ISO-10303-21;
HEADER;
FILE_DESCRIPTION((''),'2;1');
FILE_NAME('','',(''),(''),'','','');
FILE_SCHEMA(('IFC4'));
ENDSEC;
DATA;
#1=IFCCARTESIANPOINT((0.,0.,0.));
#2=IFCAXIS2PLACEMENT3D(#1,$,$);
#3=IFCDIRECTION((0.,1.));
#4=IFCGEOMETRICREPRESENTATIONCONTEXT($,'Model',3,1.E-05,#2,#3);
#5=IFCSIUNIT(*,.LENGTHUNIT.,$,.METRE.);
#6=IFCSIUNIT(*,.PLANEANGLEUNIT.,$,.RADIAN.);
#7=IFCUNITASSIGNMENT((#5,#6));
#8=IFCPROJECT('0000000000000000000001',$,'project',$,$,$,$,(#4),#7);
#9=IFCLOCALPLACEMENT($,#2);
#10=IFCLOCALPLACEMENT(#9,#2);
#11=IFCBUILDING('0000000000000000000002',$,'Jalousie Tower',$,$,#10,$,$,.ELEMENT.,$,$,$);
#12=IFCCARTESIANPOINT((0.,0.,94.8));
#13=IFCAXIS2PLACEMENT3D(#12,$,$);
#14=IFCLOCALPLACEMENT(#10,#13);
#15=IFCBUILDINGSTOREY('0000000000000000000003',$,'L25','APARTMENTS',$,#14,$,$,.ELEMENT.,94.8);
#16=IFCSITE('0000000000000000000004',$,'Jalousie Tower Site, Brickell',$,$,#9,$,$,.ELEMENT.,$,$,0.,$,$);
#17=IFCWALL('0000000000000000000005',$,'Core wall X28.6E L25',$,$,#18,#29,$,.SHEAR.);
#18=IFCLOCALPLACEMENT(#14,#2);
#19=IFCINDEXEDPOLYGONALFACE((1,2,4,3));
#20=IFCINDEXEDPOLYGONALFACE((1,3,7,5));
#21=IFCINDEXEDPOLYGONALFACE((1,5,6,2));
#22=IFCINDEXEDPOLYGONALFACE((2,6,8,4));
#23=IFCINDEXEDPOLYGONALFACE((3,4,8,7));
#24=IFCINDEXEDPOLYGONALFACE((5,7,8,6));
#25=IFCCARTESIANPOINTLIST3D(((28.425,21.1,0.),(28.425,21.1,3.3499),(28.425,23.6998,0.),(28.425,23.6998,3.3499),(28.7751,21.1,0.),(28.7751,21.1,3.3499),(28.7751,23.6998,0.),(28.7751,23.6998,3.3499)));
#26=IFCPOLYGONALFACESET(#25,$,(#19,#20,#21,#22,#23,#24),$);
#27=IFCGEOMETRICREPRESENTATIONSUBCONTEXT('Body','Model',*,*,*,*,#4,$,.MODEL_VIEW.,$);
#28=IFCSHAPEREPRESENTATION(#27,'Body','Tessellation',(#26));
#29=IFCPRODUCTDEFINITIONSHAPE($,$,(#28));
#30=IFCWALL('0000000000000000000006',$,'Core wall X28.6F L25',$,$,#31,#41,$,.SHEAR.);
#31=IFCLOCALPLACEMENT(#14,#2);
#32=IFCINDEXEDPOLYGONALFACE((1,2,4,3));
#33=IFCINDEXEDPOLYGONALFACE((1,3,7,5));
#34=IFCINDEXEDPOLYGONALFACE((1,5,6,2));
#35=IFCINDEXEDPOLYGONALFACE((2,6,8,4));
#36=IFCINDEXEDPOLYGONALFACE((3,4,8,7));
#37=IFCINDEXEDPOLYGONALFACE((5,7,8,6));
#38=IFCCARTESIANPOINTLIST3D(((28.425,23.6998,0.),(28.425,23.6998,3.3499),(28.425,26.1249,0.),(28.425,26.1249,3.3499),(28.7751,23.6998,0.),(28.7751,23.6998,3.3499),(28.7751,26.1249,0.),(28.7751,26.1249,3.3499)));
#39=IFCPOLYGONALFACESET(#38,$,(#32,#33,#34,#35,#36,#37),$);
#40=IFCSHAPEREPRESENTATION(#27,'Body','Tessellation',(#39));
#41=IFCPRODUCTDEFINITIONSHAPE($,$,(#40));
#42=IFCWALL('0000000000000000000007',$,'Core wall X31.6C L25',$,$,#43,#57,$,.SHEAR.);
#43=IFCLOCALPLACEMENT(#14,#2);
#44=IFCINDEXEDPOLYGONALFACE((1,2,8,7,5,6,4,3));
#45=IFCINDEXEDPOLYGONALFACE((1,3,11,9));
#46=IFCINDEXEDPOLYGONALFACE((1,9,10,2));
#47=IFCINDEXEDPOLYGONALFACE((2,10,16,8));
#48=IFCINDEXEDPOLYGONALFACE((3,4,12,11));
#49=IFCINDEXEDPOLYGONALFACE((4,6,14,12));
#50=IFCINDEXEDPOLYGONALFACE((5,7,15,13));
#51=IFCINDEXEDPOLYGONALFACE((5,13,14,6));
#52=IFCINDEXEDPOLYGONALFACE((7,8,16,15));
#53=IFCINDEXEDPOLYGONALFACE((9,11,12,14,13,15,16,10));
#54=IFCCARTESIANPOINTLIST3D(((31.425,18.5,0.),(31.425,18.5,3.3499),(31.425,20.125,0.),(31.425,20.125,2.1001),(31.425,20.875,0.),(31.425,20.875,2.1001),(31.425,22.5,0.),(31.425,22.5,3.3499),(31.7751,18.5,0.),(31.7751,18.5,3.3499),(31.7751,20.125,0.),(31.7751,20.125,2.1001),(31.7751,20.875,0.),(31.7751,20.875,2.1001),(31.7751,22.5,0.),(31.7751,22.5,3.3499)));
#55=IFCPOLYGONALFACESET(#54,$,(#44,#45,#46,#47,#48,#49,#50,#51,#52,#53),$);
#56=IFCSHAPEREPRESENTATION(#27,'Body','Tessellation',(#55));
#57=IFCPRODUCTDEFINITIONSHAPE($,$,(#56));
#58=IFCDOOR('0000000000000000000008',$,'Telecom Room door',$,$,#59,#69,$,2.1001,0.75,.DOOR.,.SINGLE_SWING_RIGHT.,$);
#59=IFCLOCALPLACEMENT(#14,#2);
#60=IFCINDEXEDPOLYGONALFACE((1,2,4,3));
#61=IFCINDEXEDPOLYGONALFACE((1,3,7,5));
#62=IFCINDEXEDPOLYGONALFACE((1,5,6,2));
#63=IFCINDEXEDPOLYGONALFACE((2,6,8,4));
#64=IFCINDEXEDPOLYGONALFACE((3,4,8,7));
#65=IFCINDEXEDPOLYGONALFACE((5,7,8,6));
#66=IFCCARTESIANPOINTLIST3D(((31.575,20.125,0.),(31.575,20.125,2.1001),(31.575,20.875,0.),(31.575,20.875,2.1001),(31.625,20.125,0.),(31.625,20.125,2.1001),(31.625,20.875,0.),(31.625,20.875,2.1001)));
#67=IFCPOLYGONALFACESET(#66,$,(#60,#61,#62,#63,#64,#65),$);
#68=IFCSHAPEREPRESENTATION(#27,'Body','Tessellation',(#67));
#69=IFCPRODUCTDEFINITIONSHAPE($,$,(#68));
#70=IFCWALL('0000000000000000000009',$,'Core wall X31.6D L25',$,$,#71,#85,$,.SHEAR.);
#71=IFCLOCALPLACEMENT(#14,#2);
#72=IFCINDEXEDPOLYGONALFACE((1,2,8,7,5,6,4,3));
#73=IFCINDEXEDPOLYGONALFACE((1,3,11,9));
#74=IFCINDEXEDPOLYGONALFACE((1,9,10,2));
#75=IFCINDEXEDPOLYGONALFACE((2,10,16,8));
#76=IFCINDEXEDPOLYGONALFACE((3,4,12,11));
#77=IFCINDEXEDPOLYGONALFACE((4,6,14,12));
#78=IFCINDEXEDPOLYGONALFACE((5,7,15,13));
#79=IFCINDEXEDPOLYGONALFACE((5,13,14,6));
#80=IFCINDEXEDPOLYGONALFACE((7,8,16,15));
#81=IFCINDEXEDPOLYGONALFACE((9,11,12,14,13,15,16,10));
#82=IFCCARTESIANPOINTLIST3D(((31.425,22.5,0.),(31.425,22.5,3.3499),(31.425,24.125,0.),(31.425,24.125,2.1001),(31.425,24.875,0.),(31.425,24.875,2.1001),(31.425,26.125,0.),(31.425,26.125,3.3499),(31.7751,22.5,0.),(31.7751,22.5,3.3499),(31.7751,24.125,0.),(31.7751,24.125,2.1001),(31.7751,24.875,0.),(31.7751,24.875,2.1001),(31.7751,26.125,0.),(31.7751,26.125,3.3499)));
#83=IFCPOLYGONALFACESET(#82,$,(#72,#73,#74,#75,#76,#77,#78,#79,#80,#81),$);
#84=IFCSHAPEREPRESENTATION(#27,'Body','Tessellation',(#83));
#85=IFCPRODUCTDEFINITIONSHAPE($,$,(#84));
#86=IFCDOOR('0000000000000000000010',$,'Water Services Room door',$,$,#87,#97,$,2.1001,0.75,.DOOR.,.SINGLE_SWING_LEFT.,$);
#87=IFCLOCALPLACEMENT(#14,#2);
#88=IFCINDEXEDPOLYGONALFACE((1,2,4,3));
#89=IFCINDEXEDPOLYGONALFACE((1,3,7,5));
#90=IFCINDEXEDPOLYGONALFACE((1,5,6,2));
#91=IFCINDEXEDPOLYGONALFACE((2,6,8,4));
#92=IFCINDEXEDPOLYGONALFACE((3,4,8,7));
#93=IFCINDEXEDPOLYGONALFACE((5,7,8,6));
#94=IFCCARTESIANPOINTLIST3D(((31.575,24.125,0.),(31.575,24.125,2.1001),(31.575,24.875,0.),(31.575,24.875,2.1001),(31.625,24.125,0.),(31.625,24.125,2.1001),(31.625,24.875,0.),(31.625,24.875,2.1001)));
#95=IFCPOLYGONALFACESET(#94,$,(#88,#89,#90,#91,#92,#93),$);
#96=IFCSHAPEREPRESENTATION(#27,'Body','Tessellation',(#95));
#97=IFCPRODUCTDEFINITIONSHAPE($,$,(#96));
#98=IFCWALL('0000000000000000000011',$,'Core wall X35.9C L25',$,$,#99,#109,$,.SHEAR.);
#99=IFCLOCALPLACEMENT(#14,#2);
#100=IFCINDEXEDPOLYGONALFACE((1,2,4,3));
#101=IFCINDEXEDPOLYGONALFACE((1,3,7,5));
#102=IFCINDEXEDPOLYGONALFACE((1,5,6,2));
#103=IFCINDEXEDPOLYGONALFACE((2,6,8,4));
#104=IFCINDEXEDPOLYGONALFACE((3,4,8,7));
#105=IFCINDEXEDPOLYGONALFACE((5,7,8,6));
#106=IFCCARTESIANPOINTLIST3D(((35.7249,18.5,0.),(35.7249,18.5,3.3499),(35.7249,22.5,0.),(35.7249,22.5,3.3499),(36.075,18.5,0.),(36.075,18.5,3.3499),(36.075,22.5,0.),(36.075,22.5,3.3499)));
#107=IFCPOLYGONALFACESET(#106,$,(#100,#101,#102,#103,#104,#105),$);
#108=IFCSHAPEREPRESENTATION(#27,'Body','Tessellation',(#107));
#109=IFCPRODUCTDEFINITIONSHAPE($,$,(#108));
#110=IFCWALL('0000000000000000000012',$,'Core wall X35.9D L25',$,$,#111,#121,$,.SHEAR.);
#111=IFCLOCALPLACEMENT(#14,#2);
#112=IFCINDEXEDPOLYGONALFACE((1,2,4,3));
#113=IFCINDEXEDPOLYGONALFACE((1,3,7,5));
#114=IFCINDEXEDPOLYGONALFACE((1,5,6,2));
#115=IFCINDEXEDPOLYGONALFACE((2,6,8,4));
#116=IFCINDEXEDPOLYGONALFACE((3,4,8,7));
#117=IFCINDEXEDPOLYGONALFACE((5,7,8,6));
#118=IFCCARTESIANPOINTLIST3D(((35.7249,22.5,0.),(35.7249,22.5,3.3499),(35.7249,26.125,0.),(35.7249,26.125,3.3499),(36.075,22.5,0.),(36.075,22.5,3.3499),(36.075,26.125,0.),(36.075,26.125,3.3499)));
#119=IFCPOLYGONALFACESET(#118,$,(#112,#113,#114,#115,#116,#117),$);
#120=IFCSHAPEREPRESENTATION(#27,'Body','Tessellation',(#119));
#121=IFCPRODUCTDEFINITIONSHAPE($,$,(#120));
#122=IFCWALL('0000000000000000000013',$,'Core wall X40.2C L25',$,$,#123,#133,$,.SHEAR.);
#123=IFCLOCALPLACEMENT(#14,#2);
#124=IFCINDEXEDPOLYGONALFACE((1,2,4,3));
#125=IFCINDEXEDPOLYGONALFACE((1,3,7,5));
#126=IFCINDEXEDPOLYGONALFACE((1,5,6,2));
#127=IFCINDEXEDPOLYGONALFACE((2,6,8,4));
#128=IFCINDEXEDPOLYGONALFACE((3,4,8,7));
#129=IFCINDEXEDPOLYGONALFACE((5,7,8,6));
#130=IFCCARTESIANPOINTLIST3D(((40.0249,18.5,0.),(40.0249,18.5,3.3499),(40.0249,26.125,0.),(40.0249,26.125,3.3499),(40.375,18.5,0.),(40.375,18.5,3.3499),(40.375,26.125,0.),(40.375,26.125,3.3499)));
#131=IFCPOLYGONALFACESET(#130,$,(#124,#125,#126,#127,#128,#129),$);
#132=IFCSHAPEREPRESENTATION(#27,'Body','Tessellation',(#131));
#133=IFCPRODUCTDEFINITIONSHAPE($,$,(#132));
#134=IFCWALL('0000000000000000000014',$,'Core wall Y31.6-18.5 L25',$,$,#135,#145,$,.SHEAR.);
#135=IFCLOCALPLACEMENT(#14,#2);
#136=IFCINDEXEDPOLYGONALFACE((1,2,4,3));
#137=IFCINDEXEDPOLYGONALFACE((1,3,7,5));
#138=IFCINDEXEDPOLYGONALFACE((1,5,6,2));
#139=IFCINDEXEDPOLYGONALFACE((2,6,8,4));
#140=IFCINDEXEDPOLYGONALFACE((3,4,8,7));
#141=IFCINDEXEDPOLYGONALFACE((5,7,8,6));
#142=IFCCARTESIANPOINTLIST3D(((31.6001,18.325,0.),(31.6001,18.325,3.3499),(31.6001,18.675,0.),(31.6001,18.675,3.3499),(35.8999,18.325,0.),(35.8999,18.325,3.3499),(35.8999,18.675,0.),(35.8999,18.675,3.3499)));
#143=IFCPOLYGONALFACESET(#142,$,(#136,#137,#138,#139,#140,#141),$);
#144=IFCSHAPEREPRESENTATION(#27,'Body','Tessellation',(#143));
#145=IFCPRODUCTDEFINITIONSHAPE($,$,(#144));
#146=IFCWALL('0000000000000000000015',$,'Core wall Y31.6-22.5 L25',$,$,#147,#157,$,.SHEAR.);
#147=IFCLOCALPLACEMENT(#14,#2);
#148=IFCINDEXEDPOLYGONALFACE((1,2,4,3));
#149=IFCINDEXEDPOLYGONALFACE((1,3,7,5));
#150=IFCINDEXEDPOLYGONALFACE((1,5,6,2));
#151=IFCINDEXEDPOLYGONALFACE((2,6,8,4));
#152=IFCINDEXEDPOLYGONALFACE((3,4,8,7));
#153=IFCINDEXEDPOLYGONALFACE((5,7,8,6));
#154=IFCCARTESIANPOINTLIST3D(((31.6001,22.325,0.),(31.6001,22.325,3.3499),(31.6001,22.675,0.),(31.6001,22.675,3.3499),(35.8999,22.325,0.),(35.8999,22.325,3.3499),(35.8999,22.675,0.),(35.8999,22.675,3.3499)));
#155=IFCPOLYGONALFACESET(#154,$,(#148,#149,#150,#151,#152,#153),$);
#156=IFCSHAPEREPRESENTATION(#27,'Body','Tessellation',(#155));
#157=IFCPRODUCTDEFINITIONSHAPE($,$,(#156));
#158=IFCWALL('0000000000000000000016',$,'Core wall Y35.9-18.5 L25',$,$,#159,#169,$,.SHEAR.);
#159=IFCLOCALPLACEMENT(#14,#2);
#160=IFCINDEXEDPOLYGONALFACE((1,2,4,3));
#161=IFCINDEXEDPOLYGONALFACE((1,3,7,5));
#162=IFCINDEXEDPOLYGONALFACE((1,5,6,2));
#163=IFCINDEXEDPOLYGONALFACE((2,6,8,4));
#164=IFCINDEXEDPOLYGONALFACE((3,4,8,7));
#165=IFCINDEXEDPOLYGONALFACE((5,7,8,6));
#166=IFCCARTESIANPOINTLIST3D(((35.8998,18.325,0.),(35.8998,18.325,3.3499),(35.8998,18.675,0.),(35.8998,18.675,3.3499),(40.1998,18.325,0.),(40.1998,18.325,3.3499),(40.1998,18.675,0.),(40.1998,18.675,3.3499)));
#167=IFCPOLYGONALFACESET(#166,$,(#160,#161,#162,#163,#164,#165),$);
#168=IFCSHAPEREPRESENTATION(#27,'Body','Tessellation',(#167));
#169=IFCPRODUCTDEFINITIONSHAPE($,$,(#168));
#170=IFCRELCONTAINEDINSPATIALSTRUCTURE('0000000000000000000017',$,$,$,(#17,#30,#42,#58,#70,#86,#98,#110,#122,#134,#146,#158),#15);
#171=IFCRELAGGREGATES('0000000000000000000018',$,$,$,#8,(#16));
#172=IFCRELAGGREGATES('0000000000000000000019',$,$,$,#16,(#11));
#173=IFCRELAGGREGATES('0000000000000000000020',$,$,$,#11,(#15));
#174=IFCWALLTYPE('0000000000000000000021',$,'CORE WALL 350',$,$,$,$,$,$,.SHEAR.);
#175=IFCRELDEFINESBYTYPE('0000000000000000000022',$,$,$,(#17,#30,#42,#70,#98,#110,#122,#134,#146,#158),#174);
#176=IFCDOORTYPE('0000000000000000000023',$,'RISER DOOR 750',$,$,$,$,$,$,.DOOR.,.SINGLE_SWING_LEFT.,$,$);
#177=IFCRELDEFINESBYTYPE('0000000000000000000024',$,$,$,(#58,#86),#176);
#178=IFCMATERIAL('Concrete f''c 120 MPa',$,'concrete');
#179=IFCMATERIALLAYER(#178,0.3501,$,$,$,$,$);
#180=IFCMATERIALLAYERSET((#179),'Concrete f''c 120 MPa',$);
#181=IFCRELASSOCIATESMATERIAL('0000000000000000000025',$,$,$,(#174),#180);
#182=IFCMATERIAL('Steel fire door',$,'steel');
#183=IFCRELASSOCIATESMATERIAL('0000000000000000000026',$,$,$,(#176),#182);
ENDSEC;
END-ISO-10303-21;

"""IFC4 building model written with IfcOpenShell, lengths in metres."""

from ifc_helpers import new_model, si_unit, direction, frame, frame_2d, origin, place, context, subcontext, project, spatial, rectangle, extrude, material, layer, layer_set, type_object, element, fill, save


model = new_model("IFC4")

# Units and contexts
model_context = context("Model", 3, precision=1e-05, world=origin(), true_north=direction((0.0, 1.0)))
body_context = subcontext(model_context, "Body", "Model", "MODEL_VIEW")
ifc_project = project(units=[si_unit("LENGTHUNIT", "METRE"), si_unit("PLANEANGLEUNIT", "RADIAN")], contexts=[model_context])

# Site, building, storey
site_placement = place(None, origin())
site = spatial("IfcSite", under=ifc_project, at=site_placement, Name="Jalousie Tower Site, Brickell", CompositionType="ELEMENT", RefElevation=0.0)
building_placement = place(site_placement, origin())
building = spatial("IfcBuilding", under=site, at=building_placement, Name="Jalousie Tower", CompositionType="ELEMENT")
storey_placement = place(building_placement, frame((0.0, 0.0, 94.8)))
storey = spatial("IfcBuildingStorey", under=building, at=storey_placement, Name="L25", Description="APARTMENTS", CompositionType="ELEMENT", Elevation=94.8)

# Walls
ifc_material_1 = material(Name="Concrete f'c 120 MPa", Category="concrete")
ifc_layer = layer(ifc_material_1, 0.3501)
ifc_layer_set = layer_set([ifc_layer], Name="Concrete f'c 120 MPa")
wall_type_1 = type_object("IfcWallType", Name="CORE WALL 350", PredefinedType="SHEAR", material=ifc_layer_set)
wall_1_placement = place(storey_placement, frame((28.6001, 21.1001, 0.0), z_axis=(0.0, 0.0, 1.0), x_axis=(0.0, 1.0, 0.0)))
element("IfcWall", 1, at=wall_1_placement, inside=storey, type_object=wall_type_1, Name="Core wall X28.6E L25", PredefinedType="SHEAR", context=body_context, shape_type="SweptSolid", body=[
    extrude(rectangle(XDim=2.5999, YDim=0.3501, at=frame_2d((1.2998, 0.0))), origin(), (0.0, 0.0, 1.0), 3.3499),
])
wall_2_placement = place(storey_placement, frame((28.6001, 23.7, 0.0), z_axis=(0.0, 0.0, 1.0), x_axis=(0.0, 1.0, 0.0)))
element("IfcWall", 2, at=wall_2_placement, inside=storey, type_object=wall_type_1, Name="Core wall X28.6F L25", PredefinedType="SHEAR", context=body_context, shape_type="SweptSolid", body=[
    extrude(rectangle(XDim=2.425, YDim=0.3501, at=frame_2d((1.2124, 0.0))), origin(), (0.0, 0.0, 1.0), 3.3499),
])

# Walls, openings, doors
wall_3_placement = place(storey_placement, frame((31.6001, 18.5, 0.0), z_axis=(0.0, 0.0, 1.0), x_axis=(0.0, 1.0, 0.0)))
wall_3 = element("IfcWall", 3, at=wall_3_placement, inside=storey, type_object=wall_type_1, Name="Core wall X31.6C L25", PredefinedType="SHEAR", context=body_context, shape_type="SweptSolid", body=[
    extrude(rectangle(XDim=4.0, YDim=0.3501, at=frame_2d((2.0, 0.0))), origin(), (0.0, 0.0, 1.0), 3.3499),
])
opening_1_placement = place(wall_3_placement, frame((1.625, 0.0, 0.0)))
opening_1 = element("IfcOpeningElement", 4, at=opening_1_placement, cuts=wall_3, PredefinedType="OPENING", context=body_context, shape_type="SweptSolid", body=[
    extrude(rectangle(XDim=0.75, YDim=2.1001, at=frame_2d((0.375, 1.05))), frame((0.0, 0.1851, 0.0), z_axis=(0.0, -1.0, 0.0), x_axis=(1.0, 0.0, 0.0)), (0.0, 0.0, 1.0), 0.3701),
])
ifc_material_2 = material(Name="Steel fire door", Category="steel")
door_type_1 = type_object("IfcDoorType", Name="RISER DOOR 750", OperationType="SINGLE_SWING_LEFT", PredefinedType="DOOR", material=ifc_material_2)
door_1_placement = place(opening_1_placement, frame((0.75, 0.0, 0.0), z_axis=(0.0, 0.0, 1.0), x_axis=(-1.0, 0.0, 0.0)))
door_1 = element("IfcDoor", 5, at=door_1_placement, inside=storey, type_object=door_type_1, Name="Telecom Room door", OperationType="SINGLE_SWING_RIGHT", OverallHeight=2.1001, OverallWidth=0.75, PredefinedType="DOOR", context=body_context, shape_type="SweptSolid", body=[
    extrude(rectangle(XDim=0.75, YDim=2.1001, at=frame_2d((0.375, 1.05))), frame((0.0, 0.0249, 0.0), z_axis=(0.0, -1.0, 0.0), x_axis=(1.0, 0.0, 0.0)), (0.0, 0.0, 1.0), 0.05),
])
fill(opening_1, door_1)
wall_4_placement = place(storey_placement, frame((31.6001, 22.5, 0.0), z_axis=(0.0, 0.0, 1.0), x_axis=(0.0, 1.0, 0.0)))
wall_4 = element("IfcWall", 6, at=wall_4_placement, inside=storey, type_object=wall_type_1, Name="Core wall X31.6D L25", PredefinedType="SHEAR", context=body_context, shape_type="SweptSolid", body=[
    extrude(rectangle(XDim=3.625, YDim=0.3501, at=frame_2d((1.8125, 0.0))), origin(), (0.0, 0.0, 1.0), 3.3499),
])
opening_2_placement = place(wall_4_placement, frame((1.625, 0.0, 0.0)))
opening_2 = element("IfcOpeningElement", 7, at=opening_2_placement, cuts=wall_4, PredefinedType="OPENING", context=body_context, shape_type="SweptSolid", body=[
    extrude(rectangle(XDim=0.75, YDim=2.1001, at=frame_2d((0.375, 1.05))), frame((0.0, 0.1851, 0.0), z_axis=(0.0, -1.0, 0.0), x_axis=(1.0, 0.0, 0.0)), (0.0, 0.0, 1.0), 0.3701),
])
door_2_placement = place(opening_2_placement, frame((0.75, 0.0, 0.0), z_axis=(0.0, 0.0, 1.0), x_axis=(-1.0, 0.0, 0.0)))
door_2 = element("IfcDoor", 8, at=door_2_placement, inside=storey, type_object=door_type_1, Name="Water Services Room door", OperationType="SINGLE_SWING_LEFT", OverallHeight=2.1001, OverallWidth=0.75, PredefinedType="DOOR", context=body_context, shape_type="SweptSolid", body=[
    extrude(rectangle(XDim=0.75, YDim=2.1001, at=frame_2d((0.375, 1.05))), frame((0.0, 0.0249, 0.0), z_axis=(0.0, -1.0, 0.0), x_axis=(1.0, 0.0, 0.0)), (0.0, 0.0, 1.0), 0.05),
])
fill(opening_2, door_2)

# Walls
wall_5_placement = place(storey_placement, frame((35.8999, 18.5, 0.0), z_axis=(0.0, 0.0, 1.0), x_axis=(0.0, 1.0, 0.0)))
element("IfcWall", 9, at=wall_5_placement, inside=storey, type_object=wall_type_1, Name="Core wall X35.9C L25", PredefinedType="SHEAR", context=body_context, shape_type="SweptSolid", body=[
    extrude(rectangle(XDim=4.0, YDim=0.3501, at=frame_2d((2.0, 0.0))), origin(), (0.0, 0.0, 1.0), 3.3499),
])
wall_6_placement = place(storey_placement, frame((35.8999, 22.5, 0.0), z_axis=(0.0, 0.0, 1.0), x_axis=(0.0, 1.0, 0.0)))
element("IfcWall", 10, at=wall_6_placement, inside=storey, type_object=wall_type_1, Name="Core wall X35.9D L25", PredefinedType="SHEAR", context=body_context, shape_type="SweptSolid", body=[
    extrude(rectangle(XDim=3.625, YDim=0.3501, at=frame_2d((1.8125, 0.0))), origin(), (0.0, 0.0, 1.0), 3.3499),
])
wall_7_placement = place(storey_placement, frame((40.2, 18.5, 0.0), z_axis=(0.0, 0.0, 1.0), x_axis=(0.0, 1.0, 0.0)))
element("IfcWall", 11, at=wall_7_placement, inside=storey, type_object=wall_type_1, Name="Core wall X40.2C L25", PredefinedType="SHEAR", context=body_context, shape_type="SweptSolid", body=[
    extrude(rectangle(XDim=7.625, YDim=0.3501, at=frame_2d((3.8125, 0.0))), origin(), (0.0, 0.0, 1.0), 3.3499),
])
for number, where, z_axis, x_axis, name in (
    (12, (31.6001, 18.5, 0.0), (0.0, 0.0, 1.0), (1.0, 0.0, 0.0), "Core wall Y31.6-18.5 L25"),
    (13, (31.6001, 22.5, 0.0), (0.0, 0.0, 1.0), (1.0, 0.0, 0.0), "Core wall Y31.6-22.5 L25"),
):
    element("IfcWall", number, at=place(storey_placement, frame(where, z_axis=z_axis, x_axis=x_axis)), inside=storey, type_object=wall_type_1, Name=name, PredefinedType="SHEAR", context=body_context, shape_type="SweptSolid", body=[
        extrude(rectangle(XDim=4.2998, YDim=0.3501, at=frame_2d((2.1499, 0.0))), origin(), (0.0, 0.0, 1.0), 3.3499),
    ])
wall_8_placement = place(storey_placement, frame((35.8999, 18.5, 0.0), z_axis=(0.0, 0.0, 1.0), x_axis=(1.0, 0.0, 0.0)))
element("IfcWall", 14, at=wall_8_placement, inside=storey, type_object=wall_type_1, Name="Core wall Y35.9-18.5 L25", PredefinedType="SHEAR", context=body_context, shape_type="SweptSolid", body=[
    extrude(rectangle(XDim=4.3, YDim=0.3501, at=frame_2d((2.1499, 0.0))), origin(), (0.0, 0.0, 1.0), 3.3499),
])

save(model, "model.ifc")
